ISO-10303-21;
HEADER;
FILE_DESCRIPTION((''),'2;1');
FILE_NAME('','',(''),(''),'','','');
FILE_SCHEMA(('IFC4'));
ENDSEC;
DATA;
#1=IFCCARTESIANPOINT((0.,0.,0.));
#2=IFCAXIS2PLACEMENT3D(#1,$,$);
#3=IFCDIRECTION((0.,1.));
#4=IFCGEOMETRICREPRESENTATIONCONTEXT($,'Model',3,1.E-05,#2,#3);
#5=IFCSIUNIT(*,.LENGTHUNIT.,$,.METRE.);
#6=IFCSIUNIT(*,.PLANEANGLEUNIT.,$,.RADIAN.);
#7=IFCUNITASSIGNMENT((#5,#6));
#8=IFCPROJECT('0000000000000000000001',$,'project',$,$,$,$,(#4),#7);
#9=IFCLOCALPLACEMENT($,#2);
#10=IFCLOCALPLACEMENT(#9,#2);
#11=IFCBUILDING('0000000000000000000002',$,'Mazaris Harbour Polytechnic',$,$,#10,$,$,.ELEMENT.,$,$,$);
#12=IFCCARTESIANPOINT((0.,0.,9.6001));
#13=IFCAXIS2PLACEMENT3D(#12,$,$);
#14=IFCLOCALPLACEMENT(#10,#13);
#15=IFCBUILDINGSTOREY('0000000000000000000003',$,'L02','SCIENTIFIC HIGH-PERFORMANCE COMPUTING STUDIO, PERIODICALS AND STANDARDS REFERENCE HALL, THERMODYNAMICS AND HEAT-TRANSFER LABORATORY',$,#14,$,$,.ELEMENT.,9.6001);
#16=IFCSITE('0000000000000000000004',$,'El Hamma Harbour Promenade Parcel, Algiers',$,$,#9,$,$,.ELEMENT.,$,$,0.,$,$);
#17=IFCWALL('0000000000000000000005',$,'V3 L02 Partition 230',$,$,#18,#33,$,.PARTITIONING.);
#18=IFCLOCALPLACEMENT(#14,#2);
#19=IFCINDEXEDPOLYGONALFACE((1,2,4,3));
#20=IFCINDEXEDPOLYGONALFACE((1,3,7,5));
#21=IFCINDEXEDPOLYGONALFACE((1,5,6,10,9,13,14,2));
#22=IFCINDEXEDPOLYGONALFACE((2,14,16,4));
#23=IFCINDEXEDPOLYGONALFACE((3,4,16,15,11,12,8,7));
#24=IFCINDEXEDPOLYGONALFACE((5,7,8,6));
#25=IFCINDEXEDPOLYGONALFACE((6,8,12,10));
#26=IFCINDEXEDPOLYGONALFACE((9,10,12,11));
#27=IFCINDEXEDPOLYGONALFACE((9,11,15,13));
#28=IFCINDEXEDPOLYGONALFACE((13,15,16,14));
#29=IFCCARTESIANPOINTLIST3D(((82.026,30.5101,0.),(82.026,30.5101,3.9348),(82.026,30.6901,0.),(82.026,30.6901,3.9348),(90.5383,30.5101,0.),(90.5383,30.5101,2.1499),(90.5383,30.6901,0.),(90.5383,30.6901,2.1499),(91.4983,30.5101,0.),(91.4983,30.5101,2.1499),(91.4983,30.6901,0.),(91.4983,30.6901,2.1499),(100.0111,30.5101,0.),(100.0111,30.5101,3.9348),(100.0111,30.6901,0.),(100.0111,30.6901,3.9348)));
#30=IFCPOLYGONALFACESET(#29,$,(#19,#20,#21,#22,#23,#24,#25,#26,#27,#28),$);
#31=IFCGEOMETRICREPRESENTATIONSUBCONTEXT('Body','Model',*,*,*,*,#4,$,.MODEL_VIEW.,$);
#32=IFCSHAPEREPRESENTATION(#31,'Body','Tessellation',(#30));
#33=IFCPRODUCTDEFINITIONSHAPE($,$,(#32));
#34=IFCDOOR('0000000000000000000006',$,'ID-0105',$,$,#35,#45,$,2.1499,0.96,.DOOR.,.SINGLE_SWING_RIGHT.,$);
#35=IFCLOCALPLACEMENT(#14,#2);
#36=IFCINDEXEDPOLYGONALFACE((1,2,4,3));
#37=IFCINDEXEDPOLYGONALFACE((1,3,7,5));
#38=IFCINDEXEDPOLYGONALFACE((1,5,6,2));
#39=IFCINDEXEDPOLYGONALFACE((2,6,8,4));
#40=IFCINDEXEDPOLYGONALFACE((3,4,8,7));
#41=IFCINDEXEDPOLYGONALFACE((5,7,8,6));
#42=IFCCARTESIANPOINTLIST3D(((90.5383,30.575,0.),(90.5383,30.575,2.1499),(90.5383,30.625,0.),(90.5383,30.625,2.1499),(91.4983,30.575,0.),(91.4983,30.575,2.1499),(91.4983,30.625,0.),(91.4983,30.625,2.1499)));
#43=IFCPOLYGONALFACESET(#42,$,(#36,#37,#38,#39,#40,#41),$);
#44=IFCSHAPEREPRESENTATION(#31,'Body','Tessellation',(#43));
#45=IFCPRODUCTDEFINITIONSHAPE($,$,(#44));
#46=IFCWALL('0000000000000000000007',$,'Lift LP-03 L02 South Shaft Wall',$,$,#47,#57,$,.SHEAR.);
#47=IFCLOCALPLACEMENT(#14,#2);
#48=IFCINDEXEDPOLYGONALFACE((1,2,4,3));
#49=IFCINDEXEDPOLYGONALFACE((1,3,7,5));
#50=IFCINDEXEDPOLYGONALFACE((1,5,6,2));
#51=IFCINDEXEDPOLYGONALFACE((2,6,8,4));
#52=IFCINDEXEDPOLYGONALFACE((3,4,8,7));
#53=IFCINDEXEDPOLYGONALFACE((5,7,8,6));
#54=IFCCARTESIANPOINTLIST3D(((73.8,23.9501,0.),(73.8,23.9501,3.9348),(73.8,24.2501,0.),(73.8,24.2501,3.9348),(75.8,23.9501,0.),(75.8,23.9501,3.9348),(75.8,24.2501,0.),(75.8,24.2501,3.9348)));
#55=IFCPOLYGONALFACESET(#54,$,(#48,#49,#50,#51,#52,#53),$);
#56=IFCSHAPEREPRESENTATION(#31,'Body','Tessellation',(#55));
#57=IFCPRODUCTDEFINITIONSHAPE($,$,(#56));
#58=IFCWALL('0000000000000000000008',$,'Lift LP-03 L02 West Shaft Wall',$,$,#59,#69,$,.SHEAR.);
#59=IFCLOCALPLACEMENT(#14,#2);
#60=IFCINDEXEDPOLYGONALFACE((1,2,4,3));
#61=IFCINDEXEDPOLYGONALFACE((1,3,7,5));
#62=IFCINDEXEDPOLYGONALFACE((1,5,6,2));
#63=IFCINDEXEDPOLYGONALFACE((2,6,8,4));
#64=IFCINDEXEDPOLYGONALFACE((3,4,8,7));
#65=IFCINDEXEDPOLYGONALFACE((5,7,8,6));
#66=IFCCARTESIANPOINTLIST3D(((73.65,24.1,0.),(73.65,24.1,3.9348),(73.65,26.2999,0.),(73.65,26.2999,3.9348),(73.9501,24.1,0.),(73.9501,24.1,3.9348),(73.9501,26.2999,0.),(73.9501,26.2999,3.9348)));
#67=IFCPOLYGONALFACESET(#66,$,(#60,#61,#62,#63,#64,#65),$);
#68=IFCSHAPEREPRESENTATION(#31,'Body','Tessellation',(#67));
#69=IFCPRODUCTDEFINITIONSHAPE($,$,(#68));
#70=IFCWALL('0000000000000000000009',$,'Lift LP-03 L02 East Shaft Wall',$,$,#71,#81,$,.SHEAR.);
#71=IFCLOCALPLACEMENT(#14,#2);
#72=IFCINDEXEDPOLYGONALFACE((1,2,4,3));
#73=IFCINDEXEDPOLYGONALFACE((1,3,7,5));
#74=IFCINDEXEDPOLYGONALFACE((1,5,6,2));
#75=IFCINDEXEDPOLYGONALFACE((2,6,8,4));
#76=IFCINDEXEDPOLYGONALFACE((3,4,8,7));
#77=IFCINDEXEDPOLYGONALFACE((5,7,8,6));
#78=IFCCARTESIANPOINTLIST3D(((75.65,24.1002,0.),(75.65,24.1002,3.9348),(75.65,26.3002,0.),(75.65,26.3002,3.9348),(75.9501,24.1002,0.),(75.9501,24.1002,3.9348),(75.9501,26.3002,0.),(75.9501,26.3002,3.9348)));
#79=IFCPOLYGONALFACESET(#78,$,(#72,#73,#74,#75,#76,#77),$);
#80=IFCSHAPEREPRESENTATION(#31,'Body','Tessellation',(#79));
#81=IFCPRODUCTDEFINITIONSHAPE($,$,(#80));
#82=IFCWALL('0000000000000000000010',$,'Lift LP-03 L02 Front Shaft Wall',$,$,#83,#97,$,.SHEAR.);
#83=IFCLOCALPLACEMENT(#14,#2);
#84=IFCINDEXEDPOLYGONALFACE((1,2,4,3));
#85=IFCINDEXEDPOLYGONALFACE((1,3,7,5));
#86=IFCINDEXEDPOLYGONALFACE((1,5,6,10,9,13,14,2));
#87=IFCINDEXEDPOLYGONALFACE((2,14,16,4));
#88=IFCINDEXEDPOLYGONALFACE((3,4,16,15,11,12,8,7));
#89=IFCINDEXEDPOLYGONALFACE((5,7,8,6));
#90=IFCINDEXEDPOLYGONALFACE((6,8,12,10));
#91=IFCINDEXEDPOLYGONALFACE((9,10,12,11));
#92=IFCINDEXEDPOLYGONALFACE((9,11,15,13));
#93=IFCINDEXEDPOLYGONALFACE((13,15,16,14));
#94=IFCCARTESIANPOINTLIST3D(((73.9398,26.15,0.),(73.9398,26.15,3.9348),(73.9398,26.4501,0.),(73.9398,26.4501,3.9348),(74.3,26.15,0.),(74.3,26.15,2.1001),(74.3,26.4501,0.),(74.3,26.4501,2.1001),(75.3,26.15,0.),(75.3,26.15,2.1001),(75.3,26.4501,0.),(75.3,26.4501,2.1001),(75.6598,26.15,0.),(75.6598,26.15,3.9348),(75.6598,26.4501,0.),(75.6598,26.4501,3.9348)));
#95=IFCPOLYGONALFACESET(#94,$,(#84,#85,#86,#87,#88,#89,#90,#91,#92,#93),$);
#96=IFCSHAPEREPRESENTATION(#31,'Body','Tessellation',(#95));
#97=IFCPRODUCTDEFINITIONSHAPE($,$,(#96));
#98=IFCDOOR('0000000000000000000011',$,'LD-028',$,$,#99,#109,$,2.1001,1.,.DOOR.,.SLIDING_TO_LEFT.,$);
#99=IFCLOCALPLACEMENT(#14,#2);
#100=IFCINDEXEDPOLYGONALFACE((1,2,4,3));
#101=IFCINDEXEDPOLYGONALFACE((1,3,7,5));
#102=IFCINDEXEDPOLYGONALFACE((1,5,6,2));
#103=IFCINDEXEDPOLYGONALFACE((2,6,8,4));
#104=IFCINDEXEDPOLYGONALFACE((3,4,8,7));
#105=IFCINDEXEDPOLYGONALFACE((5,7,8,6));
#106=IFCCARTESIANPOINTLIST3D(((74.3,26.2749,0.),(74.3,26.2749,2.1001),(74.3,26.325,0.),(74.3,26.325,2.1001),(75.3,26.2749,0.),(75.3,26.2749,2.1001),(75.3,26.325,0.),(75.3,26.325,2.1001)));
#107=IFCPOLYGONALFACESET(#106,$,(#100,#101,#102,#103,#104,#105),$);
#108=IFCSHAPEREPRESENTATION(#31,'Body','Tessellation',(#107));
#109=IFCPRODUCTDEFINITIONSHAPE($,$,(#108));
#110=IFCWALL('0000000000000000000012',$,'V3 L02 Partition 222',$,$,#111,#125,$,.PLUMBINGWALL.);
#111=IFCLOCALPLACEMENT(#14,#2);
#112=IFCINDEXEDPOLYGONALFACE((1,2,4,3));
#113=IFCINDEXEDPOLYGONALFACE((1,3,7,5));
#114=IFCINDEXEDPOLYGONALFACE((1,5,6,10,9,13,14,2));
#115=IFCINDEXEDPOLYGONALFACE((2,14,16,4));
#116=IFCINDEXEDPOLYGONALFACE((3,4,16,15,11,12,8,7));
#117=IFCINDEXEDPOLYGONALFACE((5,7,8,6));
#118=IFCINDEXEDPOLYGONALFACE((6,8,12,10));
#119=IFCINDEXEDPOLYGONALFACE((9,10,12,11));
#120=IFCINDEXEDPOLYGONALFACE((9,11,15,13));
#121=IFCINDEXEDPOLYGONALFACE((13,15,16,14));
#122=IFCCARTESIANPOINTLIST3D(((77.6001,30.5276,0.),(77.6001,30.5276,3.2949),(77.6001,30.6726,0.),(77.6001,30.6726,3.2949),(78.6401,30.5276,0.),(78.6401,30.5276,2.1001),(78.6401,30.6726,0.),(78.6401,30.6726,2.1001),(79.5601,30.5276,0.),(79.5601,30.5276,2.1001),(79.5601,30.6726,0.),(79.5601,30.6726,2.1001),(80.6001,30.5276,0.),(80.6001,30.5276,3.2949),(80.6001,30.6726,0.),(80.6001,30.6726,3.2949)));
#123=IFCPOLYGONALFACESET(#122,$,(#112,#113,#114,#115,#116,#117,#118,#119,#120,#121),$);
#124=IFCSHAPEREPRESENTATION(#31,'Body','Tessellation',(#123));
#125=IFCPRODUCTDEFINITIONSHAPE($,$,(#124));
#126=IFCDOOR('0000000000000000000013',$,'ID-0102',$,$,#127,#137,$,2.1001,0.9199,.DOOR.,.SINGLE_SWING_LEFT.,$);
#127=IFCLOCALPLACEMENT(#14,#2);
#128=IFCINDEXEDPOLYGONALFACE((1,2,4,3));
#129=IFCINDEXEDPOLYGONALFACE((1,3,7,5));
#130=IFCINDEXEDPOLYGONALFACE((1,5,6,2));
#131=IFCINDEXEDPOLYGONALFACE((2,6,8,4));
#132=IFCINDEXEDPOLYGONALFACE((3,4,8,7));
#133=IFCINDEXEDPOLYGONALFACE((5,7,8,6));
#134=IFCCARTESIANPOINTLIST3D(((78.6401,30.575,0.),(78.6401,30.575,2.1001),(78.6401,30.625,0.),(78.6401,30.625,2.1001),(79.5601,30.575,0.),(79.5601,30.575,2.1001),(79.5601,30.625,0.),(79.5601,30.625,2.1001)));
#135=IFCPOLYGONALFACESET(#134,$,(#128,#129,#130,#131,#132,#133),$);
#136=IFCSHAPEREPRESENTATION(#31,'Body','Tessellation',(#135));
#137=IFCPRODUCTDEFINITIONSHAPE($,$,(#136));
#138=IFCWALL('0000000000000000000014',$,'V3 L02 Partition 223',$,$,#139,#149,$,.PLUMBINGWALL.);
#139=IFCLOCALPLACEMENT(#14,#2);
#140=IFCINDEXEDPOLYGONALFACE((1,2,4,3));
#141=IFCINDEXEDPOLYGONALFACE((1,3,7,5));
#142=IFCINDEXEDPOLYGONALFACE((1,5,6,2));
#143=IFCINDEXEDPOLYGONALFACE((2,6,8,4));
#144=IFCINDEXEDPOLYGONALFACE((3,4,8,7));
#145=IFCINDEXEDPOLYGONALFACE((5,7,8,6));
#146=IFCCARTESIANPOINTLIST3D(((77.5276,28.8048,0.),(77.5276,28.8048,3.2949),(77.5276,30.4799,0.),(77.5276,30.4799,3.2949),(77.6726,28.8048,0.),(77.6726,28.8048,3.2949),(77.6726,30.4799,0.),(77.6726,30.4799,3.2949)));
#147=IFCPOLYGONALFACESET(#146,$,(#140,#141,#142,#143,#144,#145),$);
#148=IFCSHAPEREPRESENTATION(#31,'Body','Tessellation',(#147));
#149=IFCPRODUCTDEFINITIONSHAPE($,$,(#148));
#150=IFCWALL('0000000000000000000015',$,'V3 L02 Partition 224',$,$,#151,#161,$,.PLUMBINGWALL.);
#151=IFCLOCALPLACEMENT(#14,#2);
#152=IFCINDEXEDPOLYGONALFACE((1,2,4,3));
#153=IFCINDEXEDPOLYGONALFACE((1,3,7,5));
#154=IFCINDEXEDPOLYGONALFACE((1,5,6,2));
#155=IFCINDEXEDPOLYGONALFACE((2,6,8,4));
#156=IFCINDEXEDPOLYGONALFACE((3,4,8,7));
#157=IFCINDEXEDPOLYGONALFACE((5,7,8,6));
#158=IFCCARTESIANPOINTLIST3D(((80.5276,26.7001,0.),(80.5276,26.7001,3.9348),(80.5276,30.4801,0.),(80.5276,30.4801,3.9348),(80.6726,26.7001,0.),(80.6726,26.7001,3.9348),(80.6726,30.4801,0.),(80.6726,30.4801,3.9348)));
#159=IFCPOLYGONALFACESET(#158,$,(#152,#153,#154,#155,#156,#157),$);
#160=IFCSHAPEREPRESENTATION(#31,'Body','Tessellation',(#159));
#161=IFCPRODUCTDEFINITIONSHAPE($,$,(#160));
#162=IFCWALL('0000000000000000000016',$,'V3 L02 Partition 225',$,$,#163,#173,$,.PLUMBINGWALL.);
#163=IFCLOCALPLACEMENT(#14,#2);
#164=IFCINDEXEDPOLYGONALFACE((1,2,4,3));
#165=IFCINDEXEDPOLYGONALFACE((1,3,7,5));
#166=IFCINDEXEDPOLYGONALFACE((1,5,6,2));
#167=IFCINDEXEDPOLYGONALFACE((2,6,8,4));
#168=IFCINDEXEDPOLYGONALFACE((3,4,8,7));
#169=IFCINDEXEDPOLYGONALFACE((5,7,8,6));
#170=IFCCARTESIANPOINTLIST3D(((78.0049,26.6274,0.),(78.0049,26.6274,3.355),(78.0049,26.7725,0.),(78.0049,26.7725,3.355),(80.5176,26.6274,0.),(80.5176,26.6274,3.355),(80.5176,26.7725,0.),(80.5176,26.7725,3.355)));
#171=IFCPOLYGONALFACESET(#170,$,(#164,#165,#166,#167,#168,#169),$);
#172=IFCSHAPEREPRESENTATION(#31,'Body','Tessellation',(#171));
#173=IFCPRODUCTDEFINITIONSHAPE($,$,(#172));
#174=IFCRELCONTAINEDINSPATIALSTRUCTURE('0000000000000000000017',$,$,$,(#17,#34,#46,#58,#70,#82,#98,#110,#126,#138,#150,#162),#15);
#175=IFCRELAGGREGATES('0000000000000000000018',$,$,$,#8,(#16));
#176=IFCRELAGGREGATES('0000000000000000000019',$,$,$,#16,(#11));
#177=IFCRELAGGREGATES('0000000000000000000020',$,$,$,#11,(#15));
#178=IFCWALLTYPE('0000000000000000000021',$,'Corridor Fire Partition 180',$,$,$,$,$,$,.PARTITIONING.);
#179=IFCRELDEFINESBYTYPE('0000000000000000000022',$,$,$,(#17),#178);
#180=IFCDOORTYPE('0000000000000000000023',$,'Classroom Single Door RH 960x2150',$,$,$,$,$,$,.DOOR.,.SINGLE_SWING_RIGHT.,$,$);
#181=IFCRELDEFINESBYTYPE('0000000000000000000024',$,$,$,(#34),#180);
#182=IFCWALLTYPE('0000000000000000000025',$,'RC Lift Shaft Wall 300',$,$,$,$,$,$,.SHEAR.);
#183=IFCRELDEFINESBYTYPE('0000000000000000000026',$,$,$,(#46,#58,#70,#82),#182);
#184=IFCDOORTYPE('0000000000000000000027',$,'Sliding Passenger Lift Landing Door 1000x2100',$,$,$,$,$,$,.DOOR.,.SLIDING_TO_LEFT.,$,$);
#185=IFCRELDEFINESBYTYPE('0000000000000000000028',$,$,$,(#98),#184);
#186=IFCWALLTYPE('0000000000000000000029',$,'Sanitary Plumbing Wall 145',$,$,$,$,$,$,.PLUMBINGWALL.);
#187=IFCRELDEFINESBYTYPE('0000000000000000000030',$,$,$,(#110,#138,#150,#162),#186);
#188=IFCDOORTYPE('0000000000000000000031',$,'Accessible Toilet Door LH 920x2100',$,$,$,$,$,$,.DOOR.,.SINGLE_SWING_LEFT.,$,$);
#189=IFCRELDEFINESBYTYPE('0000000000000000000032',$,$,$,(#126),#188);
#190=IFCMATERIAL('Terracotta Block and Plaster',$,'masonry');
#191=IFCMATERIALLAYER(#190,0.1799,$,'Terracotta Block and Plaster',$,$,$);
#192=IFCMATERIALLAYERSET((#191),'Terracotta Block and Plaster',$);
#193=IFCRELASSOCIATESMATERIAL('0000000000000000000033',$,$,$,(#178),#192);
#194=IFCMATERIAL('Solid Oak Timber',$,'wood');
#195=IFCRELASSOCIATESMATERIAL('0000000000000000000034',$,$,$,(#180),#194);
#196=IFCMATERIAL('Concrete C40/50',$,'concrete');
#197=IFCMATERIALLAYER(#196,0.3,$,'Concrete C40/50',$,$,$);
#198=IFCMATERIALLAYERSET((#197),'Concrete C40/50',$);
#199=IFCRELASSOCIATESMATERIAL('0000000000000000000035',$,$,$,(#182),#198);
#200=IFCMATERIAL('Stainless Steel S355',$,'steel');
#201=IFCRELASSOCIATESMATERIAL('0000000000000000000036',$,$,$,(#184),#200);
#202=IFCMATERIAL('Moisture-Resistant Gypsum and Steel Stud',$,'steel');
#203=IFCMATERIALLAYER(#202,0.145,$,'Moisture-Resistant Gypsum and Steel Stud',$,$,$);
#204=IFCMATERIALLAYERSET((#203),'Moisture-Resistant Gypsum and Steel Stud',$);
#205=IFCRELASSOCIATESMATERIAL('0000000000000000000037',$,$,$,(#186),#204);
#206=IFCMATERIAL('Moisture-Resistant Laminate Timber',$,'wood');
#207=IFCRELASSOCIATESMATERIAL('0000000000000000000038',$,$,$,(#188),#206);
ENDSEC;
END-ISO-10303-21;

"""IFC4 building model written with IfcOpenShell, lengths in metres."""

from ifc_helpers import new_model, si_unit, direction, frame, frame_2d, origin, place, context, subcontext, project, spatial, rectangle, extrude, material, layer, layer_set, type_object, element, fill, save


model = new_model("IFC4")

# Units and contexts
model_context = context("Model", 3, precision=1e-05, world=origin(), true_north=direction((0.0, 1.0)))
body_context = subcontext(model_context, "Body", "Model", "MODEL_VIEW")
ifc_project = project(units=[si_unit("LENGTHUNIT", "METRE"), si_unit("PLANEANGLEUNIT", "RADIAN")], contexts=[model_context])

# Site, building, storey
site_placement = place(None, origin())
site = spatial("IfcSite", under=ifc_project, at=site_placement, Name="El Hamma Harbour Promenade Parcel, Algiers", CompositionType="ELEMENT", RefElevation=0.0)
building_placement = place(site_placement, origin())
building = spatial("IfcBuilding", under=site, at=building_placement, Name="Mazaris Harbour Polytechnic", CompositionType="ELEMENT")
storey_placement = place(building_placement, frame((0.0, 0.0, 9.6001)))
storey = spatial("IfcBuildingStorey", under=building, at=storey_placement, Name="L02", Description="SCIENTIFIC HIGH-PERFORMANCE COMPUTING STUDIO, PERIODICALS AND STANDARDS REFERENCE HALL, THERMODYNAMICS AND HEAT-TRANSFER LABORATORY", CompositionType="ELEMENT", Elevation=9.6001)

# Wall, opening, door
ifc_material_1 = material(Name="Terracotta Block and Plaster", Category="masonry")
ifc_layer_1 = layer(ifc_material_1, 0.1799, Name="Terracotta Block and Plaster")
ifc_layer_set_1 = layer_set([ifc_layer_1], Name="Terracotta Block and Plaster")
wall_type_1 = type_object("IfcWallType", Name="Corridor Fire Partition 180", PredefinedType="PARTITIONING", material=ifc_layer_set_1)
wall_1_placement = place(storey_placement, frame((82.0259, 30.6001, 0.0), z_axis=(0.0, 0.0, 1.0), x_axis=(1.0, 0.0, 0.0)))
wall_1 = element("IfcWall", 1, at=wall_1_placement, inside=storey, type_object=wall_type_1, Name="V3 L02 Partition 230", PredefinedType="PARTITIONING", context=body_context, shape_type="SweptSolid", body=[
    extrude(rectangle(XDim=17.9851, YDim=0.1799, at=frame_2d((8.9927, 0.0))), origin(), (0.0, 0.0, 1.0), 3.9348),
])
opening_1_placement = place(wall_1_placement, frame((8.5125, 0.0, 0.0)))
opening_1 = element("IfcOpeningElement", 2, at=opening_1_placement, cuts=wall_1, PredefinedType="OPENING", context=body_context, shape_type="SweptSolid", body=[
    extrude(rectangle(XDim=0.96, YDim=2.1499, at=frame_2d((0.48, 1.075))), frame((0.0, 0.0999, 0.0), z_axis=(0.0, -1.0, 0.0), x_axis=(1.0, 0.0, 0.0)), (0.0, 0.0, 1.0), 0.2),
])
ifc_material_2 = material(Name="Solid Oak Timber", Category="wood")
door_type_1 = type_object("IfcDoorType", Name="Classroom Single Door RH 960x2150", OperationType="SINGLE_SWING_RIGHT", PredefinedType="DOOR", material=ifc_material_2)
door_1_placement = place(opening_1_placement, origin())
door_1 = element("IfcDoor", 3, at=door_1_placement, inside=storey, type_object=door_type_1, Name="ID-0105", OperationType="SINGLE_SWING_RIGHT", OverallHeight=2.1499, OverallWidth=0.96, PredefinedType="DOOR", context=body_context, shape_type="SweptSolid", body=[
    extrude(rectangle(XDim=0.96, YDim=2.1499, at=frame_2d((0.48, 1.075))), frame((0.0, 0.0249, 0.0), z_axis=(0.0, -1.0, 0.0), x_axis=(1.0, 0.0, 0.0)), (0.0, 0.0, 1.0), 0.05),
])
fill(opening_1, door_1)

# Walls
ifc_material_3 = material(Name="Concrete C40/50", Category="concrete")
ifc_layer_2 = layer(ifc_material_3, 0.3, Name="Concrete C40/50")
ifc_layer_set_2 = layer_set([ifc_layer_2], Name="Concrete C40/50")
wall_type_2 = type_object("IfcWallType", Name="RC Lift Shaft Wall 300", PredefinedType="SHEAR", material=ifc_layer_set_2)
wall_2_placement = place(storey_placement, frame((73.8, 24.1001, 0.0), z_axis=(0.0, 0.0, 1.0), x_axis=(1.0, 0.0, 0.0)))
element("IfcWall", 4, at=wall_2_placement, inside=storey, type_object=wall_type_2, Name="Lift LP-03 L02 South Shaft Wall", PredefinedType="SHEAR", context=body_context, shape_type="SweptSolid", body=[
    extrude(rectangle(XDim=2.0, YDim=0.3, at=frame_2d((1.0, 0.0))), origin(), (0.0, 0.0, 1.0), 3.9348),
])
for number, where, z_axis, x_axis, name in (
    (5, (73.8, 26.3, 0.0), (0.0, 0.0, 1.0), (0.0, -1.0, 0.0), "Lift LP-03 L02 West Shaft Wall"),
    (6, (75.8, 24.1001, 0.0), (0.0, 0.0, 1.0), (0.0, 1.0, 0.0), "Lift LP-03 L02 East Shaft Wall"),
):
    element("IfcWall", number, at=place(storey_placement, frame(where, z_axis=z_axis, x_axis=x_axis)), inside=storey, type_object=wall_type_2, Name=name, PredefinedType="SHEAR", context=body_context, shape_type="SweptSolid", body=[
        extrude(rectangle(XDim=2.2, YDim=0.3, at=frame_2d((1.1001, 0.0))), origin(), (0.0, 0.0, 1.0), 3.9348),
    ])

# Walls, openings, doors
wall_3_placement = place(storey_placement, frame((73.9399, 26.3, 0.0), z_axis=(0.0, 0.0, 1.0), x_axis=(1.0, 0.0, 0.0)))
wall_3 = element("IfcWall", 7, at=wall_3_placement, inside=storey, type_object=wall_type_2, Name="Lift LP-03 L02 Front Shaft Wall", PredefinedType="SHEAR", context=body_context, shape_type="SweptSolid", body=[
    extrude(rectangle(XDim=1.72, YDim=0.3, at=frame_2d((0.8599, 0.0))), origin(), (0.0, 0.0, 1.0), 3.9348),
])
opening_2_placement = place(wall_3_placement, frame((0.3601, 0.0, 0.0)))
opening_2 = element("IfcOpeningElement", 8, at=opening_2_placement, cuts=wall_3, PredefinedType="OPENING", context=body_context, shape_type="SweptSolid", body=[
    extrude(rectangle(XDim=1.0, YDim=2.1001, at=frame_2d((0.5, 1.05))), frame((0.0, 0.1599, 0.0), z_axis=(0.0, -1.0, 0.0), x_axis=(1.0, 0.0, 0.0)), (0.0, 0.0, 1.0), 0.3201),
])
ifc_material_4 = material(Name="Stainless Steel S355", Category="steel")
door_type_2 = type_object("IfcDoorType", Name="Sliding Passenger Lift Landing Door 1000x2100", OperationType="SLIDING_TO_LEFT", PredefinedType="DOOR", material=ifc_material_4)
door_2_placement = place(opening_2_placement, origin())
door_2 = element("IfcDoor", 9, at=door_2_placement, inside=storey, type_object=door_type_2, Name="LD-028", OperationType="SLIDING_TO_LEFT", OverallHeight=2.1001, OverallWidth=1.0, PredefinedType="DOOR", context=body_context, shape_type="SweptSolid", body=[
    extrude(rectangle(XDim=1.0, YDim=2.1001, at=frame_2d((0.5, 1.05))), frame((0.0, 0.0249, 0.0), z_axis=(0.0, -1.0, 0.0), x_axis=(1.0, 0.0, 0.0)), (0.0, 0.0, 1.0), 0.05),
])
fill(opening_2, door_2)
ifc_material_5 = material(Name="Moisture-Resistant Gypsum and Steel Stud", Category="steel")
ifc_layer_3 = layer(ifc_material_5, 0.145, Name="Moisture-Resistant Gypsum and Steel Stud")
ifc_layer_set_3 = layer_set([ifc_layer_3], Name="Moisture-Resistant Gypsum and Steel Stud")
wall_type_3 = type_object("IfcWallType", Name="Sanitary Plumbing Wall 145", PredefinedType="PLUMBINGWALL", material=ifc_layer_set_3)
wall_4_placement = place(storey_placement, frame((77.6001, 30.6001, 0.0), z_axis=(0.0, 0.0, 1.0), x_axis=(1.0, 0.0, 0.0)))
wall_4 = element("IfcWall", 10, at=wall_4_placement, inside=storey, type_object=wall_type_3, Name="V3 L02 Partition 222", PredefinedType="PLUMBINGWALL", context=body_context, shape_type="SweptSolid", body=[
    extrude(rectangle(XDim=3.0, YDim=0.145, at=frame_2d((1.5, 0.0))), origin(), (0.0, 0.0, 1.0), 3.2949),
])
opening_3_placement = place(wall_4_placement, frame((1.04, 0.0, 0.0)))
opening_3 = element("IfcOpeningElement", 11, at=opening_3_placement, cuts=wall_4, PredefinedType="OPENING", context=body_context, shape_type="SweptSolid", body=[
    extrude(rectangle(XDim=0.9199, YDim=2.1001, at=frame_2d((0.46, 1.05))), frame((0.0, 0.0825, 0.0), z_axis=(0.0, -1.0, 0.0), x_axis=(1.0, 0.0, 0.0)), (0.0, 0.0, 1.0), 0.165),
])
ifc_material_6 = material(Name="Moisture-Resistant Laminate Timber", Category="wood")
door_type_3 = type_object("IfcDoorType", Name="Accessible Toilet Door LH 920x2100", OperationType="SINGLE_SWING_LEFT", PredefinedType="DOOR", material=ifc_material_6)
door_3_placement = place(opening_3_placement, origin())
door_3 = element("IfcDoor", 12, at=door_3_placement, inside=storey, type_object=door_type_3, Name="ID-0102", OperationType="SINGLE_SWING_LEFT", OverallHeight=2.1001, OverallWidth=0.9199, PredefinedType="DOOR", context=body_context, shape_type="SweptSolid", body=[
    extrude(rectangle(XDim=0.9199, YDim=2.1001, at=frame_2d((0.46, 1.05))), frame((0.0, 0.0249, 0.0), z_axis=(0.0, -1.0, 0.0), x_axis=(1.0, 0.0, 0.0)), (0.0, 0.0, 1.0), 0.05),
])
fill(opening_3, door_3)

# Walls
wall_5_placement = place(storey_placement, frame((77.6001, 28.8049, 0.0), z_axis=(0.0, 0.0, 1.0), x_axis=(0.0, 1.0, 0.0)))
element("IfcWall", 13, at=wall_5_placement, inside=storey, type_object=wall_type_3, Name="V3 L02 Partition 223", PredefinedType="PLUMBINGWALL", context=body_context, shape_type="SweptSolid", body=[
    extrude(rectangle(XDim=1.675, YDim=0.145, at=frame_2d((0.8374, 0.0))), origin(), (0.0, 0.0, 1.0), 3.2949),
])
wall_6_placement = place(storey_placement, frame((80.6001, 26.7, 0.0), z_axis=(0.0, 0.0, 1.0), x_axis=(0.0, 1.0, 0.0)))
element("IfcWall", 14, at=wall_6_placement, inside=storey, type_object=wall_type_3, Name="V3 L02 Partition 224", PredefinedType="PLUMBINGWALL", context=body_context, shape_type="SweptSolid", body=[
    extrude(rectangle(XDim=3.78, YDim=0.145, at=frame_2d((1.8901, 0.0))), origin(), (0.0, 0.0, 1.0), 3.9348),
])
wall_7_placement = place(storey_placement, frame((78.0049, 26.7, 0.0), z_axis=(0.0, 0.0, 1.0), x_axis=(1.0, 0.0, 0.0)))
element("IfcWall", 15, at=wall_7_placement, inside=storey, type_object=wall_type_3, Name="V3 L02 Partition 225", PredefinedType="PLUMBINGWALL", context=body_context, shape_type="SweptSolid", body=[
    extrude(rectangle(XDim=2.5127, YDim=0.145, at=frame_2d((1.2563, 0.0))), origin(), (0.0, 0.0, 1.0), 3.355),
])

save(model, "model.ifc")
